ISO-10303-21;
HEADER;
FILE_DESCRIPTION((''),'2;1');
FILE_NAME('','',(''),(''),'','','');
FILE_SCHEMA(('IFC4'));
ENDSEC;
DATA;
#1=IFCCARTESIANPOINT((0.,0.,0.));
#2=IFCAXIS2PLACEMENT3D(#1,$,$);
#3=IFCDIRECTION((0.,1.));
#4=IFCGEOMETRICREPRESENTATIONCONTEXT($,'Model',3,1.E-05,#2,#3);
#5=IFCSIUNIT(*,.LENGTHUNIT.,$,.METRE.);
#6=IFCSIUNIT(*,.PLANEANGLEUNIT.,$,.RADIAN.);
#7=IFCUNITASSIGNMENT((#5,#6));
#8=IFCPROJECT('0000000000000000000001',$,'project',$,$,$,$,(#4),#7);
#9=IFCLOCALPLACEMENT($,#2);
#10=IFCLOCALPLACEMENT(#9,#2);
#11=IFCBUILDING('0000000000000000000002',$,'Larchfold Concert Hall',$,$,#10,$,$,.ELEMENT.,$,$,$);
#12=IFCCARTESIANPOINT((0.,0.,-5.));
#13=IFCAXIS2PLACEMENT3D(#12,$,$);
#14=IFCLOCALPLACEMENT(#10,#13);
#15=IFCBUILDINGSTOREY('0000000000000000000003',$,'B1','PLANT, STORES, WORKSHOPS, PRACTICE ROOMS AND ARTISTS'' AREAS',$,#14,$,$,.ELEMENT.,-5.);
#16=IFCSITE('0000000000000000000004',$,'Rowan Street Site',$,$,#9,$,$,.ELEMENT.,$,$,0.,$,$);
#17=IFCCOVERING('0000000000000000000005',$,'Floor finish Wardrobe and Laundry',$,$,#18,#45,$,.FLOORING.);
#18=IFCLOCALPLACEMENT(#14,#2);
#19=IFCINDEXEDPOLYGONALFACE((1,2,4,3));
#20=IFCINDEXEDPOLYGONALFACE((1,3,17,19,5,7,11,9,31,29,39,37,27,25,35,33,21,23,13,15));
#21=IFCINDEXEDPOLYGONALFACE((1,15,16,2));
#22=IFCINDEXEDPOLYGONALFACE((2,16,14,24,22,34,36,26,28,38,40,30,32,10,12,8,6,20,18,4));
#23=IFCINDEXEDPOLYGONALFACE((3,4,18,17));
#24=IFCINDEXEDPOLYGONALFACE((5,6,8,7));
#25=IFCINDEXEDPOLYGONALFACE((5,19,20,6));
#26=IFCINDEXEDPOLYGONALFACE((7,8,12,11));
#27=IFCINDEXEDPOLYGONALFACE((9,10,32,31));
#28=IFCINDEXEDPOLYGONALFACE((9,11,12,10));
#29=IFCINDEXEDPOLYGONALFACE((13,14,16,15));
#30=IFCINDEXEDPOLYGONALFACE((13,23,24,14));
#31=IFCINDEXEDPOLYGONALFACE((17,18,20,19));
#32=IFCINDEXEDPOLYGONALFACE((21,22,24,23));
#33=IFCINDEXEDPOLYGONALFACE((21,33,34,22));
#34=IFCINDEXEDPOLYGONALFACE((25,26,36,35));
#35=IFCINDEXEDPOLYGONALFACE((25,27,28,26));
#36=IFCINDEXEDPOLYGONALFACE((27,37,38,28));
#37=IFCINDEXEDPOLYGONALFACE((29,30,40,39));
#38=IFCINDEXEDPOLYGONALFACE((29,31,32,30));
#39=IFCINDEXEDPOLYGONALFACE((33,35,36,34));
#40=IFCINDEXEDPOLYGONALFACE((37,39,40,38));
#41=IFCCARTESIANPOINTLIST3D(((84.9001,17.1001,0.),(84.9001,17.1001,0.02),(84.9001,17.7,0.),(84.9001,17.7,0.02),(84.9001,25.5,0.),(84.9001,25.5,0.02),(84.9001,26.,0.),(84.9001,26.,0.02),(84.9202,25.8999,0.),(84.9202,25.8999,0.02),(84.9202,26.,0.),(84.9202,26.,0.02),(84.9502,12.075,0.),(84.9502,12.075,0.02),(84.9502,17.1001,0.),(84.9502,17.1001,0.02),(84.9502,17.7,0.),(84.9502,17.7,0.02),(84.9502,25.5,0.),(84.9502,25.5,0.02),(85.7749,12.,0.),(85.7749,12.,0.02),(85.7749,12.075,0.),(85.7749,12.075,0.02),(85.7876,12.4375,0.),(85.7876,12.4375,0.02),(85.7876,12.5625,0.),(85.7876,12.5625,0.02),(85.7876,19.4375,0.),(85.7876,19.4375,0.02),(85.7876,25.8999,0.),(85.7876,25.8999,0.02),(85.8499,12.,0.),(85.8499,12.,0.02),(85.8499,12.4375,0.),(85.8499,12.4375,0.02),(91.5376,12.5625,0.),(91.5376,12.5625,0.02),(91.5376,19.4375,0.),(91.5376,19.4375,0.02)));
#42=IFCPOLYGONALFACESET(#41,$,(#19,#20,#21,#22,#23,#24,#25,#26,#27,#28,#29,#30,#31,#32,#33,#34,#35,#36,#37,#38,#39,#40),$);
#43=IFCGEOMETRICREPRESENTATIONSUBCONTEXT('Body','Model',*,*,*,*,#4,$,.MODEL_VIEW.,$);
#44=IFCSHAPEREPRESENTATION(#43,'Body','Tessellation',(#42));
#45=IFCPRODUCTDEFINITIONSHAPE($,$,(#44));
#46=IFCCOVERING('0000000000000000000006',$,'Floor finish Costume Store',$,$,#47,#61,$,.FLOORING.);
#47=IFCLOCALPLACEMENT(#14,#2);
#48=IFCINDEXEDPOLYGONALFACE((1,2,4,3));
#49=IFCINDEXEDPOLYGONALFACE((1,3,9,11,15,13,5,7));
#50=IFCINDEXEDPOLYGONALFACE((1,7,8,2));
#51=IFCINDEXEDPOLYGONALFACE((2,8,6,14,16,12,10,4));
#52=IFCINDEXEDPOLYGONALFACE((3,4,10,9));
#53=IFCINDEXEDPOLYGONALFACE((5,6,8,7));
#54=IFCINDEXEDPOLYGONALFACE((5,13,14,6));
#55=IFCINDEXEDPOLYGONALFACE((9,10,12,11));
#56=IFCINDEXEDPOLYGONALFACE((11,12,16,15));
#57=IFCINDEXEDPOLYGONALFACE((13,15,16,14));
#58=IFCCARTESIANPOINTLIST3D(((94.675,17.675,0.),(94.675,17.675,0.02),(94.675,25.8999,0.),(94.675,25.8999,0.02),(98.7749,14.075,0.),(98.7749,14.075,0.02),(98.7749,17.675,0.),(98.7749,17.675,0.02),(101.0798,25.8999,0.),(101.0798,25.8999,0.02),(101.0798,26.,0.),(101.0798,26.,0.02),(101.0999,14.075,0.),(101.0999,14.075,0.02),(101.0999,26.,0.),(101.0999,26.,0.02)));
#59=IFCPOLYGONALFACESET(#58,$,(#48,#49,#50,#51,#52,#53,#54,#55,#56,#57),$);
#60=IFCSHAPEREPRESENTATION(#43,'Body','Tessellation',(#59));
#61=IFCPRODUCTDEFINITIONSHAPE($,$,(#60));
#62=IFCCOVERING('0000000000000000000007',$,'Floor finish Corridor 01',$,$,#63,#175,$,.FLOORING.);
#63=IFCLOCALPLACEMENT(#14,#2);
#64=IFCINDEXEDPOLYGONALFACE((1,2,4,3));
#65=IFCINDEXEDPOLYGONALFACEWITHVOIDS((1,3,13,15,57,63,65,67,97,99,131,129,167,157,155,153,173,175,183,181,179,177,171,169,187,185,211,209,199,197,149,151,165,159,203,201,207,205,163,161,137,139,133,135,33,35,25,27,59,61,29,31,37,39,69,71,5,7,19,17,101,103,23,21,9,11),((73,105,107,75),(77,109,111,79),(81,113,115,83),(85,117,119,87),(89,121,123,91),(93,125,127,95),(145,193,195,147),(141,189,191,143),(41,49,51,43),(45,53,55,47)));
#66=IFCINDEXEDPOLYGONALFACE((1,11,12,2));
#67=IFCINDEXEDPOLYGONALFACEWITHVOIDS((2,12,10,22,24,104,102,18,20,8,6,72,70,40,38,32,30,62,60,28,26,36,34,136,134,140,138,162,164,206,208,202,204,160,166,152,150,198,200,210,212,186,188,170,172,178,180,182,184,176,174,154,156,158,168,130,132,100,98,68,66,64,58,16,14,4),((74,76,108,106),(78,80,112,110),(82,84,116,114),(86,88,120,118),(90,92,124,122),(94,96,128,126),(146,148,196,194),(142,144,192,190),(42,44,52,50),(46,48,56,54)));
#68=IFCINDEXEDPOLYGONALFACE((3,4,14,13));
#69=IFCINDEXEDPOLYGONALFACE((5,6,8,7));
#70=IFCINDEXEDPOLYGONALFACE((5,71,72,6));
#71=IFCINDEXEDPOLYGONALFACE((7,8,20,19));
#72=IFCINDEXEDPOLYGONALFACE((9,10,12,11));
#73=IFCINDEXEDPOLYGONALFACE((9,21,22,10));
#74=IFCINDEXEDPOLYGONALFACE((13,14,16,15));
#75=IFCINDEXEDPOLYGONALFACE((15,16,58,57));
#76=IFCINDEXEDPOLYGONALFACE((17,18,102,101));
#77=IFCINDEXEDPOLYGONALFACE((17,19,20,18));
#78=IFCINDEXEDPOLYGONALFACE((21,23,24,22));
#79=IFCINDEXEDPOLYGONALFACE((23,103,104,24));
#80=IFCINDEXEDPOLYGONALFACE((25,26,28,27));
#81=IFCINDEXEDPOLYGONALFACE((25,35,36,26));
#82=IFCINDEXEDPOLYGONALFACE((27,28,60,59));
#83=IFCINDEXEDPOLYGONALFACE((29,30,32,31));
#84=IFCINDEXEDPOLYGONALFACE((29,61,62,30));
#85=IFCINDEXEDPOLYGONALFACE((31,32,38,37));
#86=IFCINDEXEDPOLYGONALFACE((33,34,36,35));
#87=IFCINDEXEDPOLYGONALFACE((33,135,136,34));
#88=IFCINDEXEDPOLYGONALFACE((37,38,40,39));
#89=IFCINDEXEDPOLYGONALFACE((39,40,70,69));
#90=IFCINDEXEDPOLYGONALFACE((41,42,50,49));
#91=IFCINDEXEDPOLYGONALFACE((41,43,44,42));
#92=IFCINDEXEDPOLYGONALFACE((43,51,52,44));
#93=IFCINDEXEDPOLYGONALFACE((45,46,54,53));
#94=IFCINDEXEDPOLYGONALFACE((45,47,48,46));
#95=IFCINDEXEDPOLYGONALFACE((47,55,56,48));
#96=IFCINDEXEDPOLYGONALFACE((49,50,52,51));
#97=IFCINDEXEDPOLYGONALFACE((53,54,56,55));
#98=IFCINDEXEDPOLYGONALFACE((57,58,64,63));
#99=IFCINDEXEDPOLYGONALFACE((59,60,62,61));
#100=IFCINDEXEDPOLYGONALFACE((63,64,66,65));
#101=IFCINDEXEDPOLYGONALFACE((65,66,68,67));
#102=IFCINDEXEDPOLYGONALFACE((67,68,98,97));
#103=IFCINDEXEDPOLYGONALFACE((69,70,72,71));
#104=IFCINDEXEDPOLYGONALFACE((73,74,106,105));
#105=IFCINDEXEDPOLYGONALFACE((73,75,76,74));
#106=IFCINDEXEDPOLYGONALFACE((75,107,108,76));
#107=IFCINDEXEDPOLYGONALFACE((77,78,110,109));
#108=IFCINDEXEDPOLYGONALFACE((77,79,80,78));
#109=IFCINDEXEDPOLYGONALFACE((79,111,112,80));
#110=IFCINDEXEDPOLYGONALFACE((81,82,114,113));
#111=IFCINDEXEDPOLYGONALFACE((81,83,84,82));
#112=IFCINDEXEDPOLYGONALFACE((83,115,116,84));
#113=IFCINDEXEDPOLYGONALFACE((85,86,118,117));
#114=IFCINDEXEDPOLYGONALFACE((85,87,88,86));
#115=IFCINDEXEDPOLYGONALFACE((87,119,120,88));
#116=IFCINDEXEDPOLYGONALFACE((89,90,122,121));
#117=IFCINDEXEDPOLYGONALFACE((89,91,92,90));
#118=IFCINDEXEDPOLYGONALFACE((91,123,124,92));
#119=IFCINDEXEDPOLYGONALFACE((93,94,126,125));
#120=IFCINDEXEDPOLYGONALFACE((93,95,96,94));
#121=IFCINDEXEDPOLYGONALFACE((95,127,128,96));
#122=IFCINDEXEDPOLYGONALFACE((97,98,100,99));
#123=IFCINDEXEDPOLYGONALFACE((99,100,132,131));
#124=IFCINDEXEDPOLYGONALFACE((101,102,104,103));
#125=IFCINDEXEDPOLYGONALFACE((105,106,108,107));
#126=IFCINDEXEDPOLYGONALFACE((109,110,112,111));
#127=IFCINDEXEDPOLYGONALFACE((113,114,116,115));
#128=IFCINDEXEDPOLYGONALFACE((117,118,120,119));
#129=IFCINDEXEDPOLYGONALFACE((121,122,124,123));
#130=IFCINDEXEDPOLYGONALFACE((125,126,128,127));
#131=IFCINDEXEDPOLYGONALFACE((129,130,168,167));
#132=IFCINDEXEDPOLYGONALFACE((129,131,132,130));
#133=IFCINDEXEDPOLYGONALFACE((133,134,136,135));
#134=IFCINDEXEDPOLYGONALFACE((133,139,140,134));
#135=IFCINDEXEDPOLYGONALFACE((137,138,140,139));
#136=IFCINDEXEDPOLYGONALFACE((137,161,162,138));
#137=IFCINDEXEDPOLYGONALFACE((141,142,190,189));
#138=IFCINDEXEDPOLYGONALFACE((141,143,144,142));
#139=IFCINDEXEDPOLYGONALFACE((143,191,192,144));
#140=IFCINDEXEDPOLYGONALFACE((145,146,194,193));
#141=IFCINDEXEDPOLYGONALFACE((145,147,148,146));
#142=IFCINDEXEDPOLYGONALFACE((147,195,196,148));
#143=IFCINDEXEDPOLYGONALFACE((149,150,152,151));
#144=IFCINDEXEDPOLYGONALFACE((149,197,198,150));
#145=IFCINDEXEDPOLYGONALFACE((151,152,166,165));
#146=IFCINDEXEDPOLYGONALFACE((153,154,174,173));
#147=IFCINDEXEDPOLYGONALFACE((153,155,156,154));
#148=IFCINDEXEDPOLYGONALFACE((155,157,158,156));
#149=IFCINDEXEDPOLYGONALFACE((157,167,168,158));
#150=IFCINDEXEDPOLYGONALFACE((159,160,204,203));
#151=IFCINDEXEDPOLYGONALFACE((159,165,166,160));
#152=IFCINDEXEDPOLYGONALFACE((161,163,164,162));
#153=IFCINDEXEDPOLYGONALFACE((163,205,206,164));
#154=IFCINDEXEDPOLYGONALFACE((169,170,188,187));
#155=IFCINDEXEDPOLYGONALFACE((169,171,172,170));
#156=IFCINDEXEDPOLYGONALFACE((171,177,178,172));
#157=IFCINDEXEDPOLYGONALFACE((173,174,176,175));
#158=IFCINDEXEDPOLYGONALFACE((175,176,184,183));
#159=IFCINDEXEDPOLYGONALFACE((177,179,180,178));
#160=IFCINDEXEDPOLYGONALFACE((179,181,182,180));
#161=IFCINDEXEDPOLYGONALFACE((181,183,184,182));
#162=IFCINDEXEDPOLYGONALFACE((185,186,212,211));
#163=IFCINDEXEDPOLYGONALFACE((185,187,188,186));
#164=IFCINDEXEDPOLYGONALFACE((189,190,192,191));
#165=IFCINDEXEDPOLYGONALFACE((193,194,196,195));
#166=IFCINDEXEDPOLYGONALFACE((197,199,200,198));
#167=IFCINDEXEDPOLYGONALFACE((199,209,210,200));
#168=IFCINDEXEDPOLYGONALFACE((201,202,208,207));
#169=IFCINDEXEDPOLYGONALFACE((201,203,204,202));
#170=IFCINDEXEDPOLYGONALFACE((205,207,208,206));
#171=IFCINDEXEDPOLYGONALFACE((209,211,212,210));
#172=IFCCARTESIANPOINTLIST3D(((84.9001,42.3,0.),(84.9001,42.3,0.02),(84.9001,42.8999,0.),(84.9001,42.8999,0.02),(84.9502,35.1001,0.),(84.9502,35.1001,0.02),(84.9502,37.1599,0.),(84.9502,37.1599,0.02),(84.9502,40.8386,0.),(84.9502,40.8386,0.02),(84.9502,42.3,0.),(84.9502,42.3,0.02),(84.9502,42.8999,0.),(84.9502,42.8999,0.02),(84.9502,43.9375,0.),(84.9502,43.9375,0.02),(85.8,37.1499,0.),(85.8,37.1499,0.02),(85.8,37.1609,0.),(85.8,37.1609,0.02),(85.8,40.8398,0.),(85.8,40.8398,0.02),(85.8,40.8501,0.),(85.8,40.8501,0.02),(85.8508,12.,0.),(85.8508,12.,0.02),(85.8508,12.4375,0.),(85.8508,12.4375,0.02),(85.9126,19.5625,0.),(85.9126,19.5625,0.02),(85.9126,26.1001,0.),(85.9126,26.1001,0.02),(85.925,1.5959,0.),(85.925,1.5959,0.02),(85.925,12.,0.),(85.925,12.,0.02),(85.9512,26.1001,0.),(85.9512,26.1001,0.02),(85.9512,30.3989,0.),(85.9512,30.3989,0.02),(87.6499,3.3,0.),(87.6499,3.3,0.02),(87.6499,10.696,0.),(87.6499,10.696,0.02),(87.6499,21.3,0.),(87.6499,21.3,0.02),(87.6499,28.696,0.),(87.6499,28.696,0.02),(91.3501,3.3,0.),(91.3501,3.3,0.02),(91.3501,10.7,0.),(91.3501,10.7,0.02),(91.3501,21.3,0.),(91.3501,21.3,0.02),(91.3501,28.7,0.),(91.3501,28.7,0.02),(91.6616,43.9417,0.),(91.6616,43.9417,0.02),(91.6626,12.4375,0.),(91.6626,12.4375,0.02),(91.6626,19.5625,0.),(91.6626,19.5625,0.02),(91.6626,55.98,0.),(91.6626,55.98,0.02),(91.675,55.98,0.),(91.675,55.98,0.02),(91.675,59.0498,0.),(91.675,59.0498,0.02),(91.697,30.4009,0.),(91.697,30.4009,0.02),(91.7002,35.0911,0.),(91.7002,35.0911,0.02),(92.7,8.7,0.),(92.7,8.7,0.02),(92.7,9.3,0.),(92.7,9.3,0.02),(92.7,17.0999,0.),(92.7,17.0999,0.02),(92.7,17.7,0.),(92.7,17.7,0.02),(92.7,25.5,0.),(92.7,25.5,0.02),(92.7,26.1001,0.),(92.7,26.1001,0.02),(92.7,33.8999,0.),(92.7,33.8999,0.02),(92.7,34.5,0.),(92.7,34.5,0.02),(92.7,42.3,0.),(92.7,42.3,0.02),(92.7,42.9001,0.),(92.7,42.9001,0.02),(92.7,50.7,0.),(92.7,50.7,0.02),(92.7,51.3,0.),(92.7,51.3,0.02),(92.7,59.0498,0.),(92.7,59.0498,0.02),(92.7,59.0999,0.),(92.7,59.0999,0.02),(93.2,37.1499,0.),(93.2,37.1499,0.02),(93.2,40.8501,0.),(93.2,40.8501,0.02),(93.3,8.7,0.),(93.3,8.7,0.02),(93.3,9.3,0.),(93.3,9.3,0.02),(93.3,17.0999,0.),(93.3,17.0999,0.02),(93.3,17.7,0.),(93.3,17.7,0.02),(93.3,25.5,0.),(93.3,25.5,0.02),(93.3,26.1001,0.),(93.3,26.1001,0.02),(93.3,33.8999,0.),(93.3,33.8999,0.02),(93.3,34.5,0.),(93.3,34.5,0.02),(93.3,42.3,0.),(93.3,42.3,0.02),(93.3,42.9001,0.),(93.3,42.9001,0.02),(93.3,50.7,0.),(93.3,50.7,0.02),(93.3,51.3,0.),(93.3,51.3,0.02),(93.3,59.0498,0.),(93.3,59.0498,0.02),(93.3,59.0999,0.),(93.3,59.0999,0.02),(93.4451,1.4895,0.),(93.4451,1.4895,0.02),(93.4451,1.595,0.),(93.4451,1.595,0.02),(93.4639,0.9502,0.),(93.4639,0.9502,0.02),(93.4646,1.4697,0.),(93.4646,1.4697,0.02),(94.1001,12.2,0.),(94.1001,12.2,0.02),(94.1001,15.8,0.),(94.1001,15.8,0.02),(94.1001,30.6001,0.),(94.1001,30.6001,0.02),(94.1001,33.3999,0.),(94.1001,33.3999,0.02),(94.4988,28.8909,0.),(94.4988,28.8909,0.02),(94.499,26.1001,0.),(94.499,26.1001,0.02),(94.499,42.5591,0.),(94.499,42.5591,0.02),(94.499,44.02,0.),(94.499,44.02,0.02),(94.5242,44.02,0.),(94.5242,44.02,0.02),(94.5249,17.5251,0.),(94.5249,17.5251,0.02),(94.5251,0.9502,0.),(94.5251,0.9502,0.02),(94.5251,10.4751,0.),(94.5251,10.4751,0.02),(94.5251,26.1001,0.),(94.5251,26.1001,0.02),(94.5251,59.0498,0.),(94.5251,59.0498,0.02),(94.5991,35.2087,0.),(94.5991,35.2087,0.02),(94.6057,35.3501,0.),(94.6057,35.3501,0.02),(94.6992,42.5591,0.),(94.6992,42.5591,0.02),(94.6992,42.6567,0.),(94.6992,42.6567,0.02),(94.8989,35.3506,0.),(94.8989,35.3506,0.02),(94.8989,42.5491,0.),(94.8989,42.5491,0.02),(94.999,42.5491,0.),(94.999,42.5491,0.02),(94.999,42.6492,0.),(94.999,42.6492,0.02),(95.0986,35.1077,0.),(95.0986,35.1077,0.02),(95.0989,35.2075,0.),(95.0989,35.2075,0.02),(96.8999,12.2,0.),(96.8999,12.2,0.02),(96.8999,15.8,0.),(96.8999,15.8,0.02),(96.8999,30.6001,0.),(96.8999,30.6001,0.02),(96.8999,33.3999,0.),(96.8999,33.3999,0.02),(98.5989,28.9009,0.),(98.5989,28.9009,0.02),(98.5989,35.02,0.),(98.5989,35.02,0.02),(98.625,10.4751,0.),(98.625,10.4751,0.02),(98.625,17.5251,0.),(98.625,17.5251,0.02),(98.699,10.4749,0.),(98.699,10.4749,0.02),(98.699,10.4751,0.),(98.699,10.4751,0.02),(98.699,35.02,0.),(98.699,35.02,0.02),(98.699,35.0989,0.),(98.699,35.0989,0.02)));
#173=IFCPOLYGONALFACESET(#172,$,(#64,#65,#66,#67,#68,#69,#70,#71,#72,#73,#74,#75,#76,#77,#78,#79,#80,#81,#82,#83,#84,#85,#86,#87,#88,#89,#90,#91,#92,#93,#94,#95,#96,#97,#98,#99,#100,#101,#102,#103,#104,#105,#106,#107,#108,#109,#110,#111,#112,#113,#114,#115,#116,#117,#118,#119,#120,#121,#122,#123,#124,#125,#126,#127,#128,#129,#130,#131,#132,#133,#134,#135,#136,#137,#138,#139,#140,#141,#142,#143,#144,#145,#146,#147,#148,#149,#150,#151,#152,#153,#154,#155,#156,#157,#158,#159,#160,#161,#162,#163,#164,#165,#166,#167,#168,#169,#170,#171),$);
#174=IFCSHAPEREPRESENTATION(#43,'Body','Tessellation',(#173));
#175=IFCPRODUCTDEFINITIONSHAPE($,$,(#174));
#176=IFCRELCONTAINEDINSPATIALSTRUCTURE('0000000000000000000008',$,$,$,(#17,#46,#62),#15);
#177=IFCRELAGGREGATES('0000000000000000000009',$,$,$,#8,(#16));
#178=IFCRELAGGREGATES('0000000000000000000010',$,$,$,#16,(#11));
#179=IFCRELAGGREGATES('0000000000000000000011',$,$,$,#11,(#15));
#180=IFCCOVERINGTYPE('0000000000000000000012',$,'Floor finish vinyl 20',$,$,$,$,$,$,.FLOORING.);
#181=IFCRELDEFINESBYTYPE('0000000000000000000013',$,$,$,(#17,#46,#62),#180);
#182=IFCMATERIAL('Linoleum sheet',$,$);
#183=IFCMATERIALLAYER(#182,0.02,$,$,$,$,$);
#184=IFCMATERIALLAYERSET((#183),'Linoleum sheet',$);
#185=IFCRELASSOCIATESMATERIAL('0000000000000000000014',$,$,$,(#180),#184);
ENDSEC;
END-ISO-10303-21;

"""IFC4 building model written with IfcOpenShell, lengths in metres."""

from ifc_helpers import new_model, si_unit, direction, frame, origin, place, context, subcontext, project, spatial, polyline, outline, extrude, material, layer, layer_set, type_object, element, save


model = new_model("IFC4")

# Units and contexts
model_context = context("Model", 3, precision=1e-05, world=origin(), true_north=direction((0.0, 1.0)))
body_context = subcontext(model_context, "Body", "Model", "MODEL_VIEW")
ifc_project = project(units=[si_unit("LENGTHUNIT", "METRE"), si_unit("PLANEANGLEUNIT", "RADIAN")], contexts=[model_context])

# Site, building, storey
site_placement = place(None, origin())
site = spatial("IfcSite", under=ifc_project, at=site_placement, Name="Rowan Street Site", CompositionType="ELEMENT", RefElevation=0.0)
building_placement = place(site_placement, origin())
building = spatial("IfcBuilding", under=site, at=building_placement, Name="Larchfold Concert Hall", CompositionType="ELEMENT")
storey_placement = place(building_placement, frame((0.0, 0.0, -5.0)))
storey = spatial("IfcBuildingStorey", under=building, at=storey_placement, Name="B1", Description="PLANT, STORES, WORKSHOPS, PRACTICE ROOMS AND ARTISTS' AREAS", CompositionType="ELEMENT", Elevation=-5.0)

# Coverings
ifc_material_1 = material(Name="Linoleum sheet")
ifc_layer_1 = layer(ifc_material_1, 0.02)
ifc_layer_set_1 = layer_set([ifc_layer_1], Name="Linoleum sheet")
covering_type_1 = type_object("IfcCoveringType", Name="Floor finish vinyl 20", PredefinedType="FLOORING", material=ifc_layer_set_1)
covering_1_placement = place(storey_placement, origin())
element("IfcCovering", 1, at=covering_1_placement, inside=storey, type_object=covering_type_1, Name="Floor finish Wardrobe and Laundry", PredefinedType="FLOORING", context=body_context, shape_type="SweptSolid", body=[
    extrude(outline(polyline([(85.7749, 12.0), (85.8499, 12.0), (85.8499, 12.4375), (85.7876, 12.4375), (85.7876, 12.5625), (91.5376, 12.5625), (91.5376, 19.4375), (85.7876, 19.4375), (85.7876, 25.8999), (84.9202, 25.8999), (84.9202, 26.0), (84.9001, 26.0), (84.9001, 25.5), (84.9502, 25.5), (84.9502, 17.7), (84.9001, 17.7), (84.9001, 17.1001), (84.9502, 17.1001), (84.9502, 12.075), (85.7749, 12.075), (85.7749, 12.0)])), origin(), (0.0, 0.0, 1.0), 0.02),
])
covering_2_placement = place(storey_placement, origin())
element("IfcCovering", 2, at=covering_2_placement, inside=storey, type_object=covering_type_1, Name="Floor finish Costume Store", PredefinedType="FLOORING", context=body_context, shape_type="SweptSolid", body=[
    extrude(outline(polyline([(101.0999, 26.0), (101.0798, 26.0), (101.0798, 25.8999), (94.675, 25.8999), (94.675, 17.675), (98.7749, 17.675), (98.7749, 14.075), (101.0999, 14.075), (101.0999, 26.0)])), origin(), (0.0, 0.0, 1.0), 0.02),
])
covering_3_placement = place(storey_placement, origin())
element("IfcCovering", 3, at=covering_3_placement, inside=storey, type_object=covering_type_1, Name="Floor finish Corridor 01", PredefinedType="FLOORING", context=body_context, shape_type="SweptSolid", body=[
    extrude(outline(polyline([(85.8, 37.1499), (85.8, 37.1609), (84.9502, 37.1599), (84.9502, 35.1001), (91.7002, 35.0911), (91.697, 30.4009), (85.9512, 30.3989), (85.9512, 26.1001), (85.9126, 26.1001), (85.9126, 19.5625), (91.6626, 19.5625), (91.6626, 12.4375), (85.8508, 12.4375), (85.8508, 12.0), (85.925, 12.0), (85.925, 1.5959), (93.4451, 1.595), (93.4451, 1.4895), (93.4646, 1.4697), (93.4639, 0.9502), (94.5251, 0.9502), (94.5251, 10.4751), (98.699, 10.4749), (98.699, 10.4751), (98.625, 10.4751), (98.625, 17.5251), (94.5249, 17.5251), (94.5251, 26.1001), (94.499, 26.1001), (94.4988, 28.8909), (98.5989, 28.9009), (98.5989, 35.02), (98.699, 35.02), (98.699, 35.0989), (95.0986, 35.1077), (95.0989, 35.2075), (94.5991, 35.2087), (94.6057, 35.3501), (94.8989, 35.3506), (94.8989, 42.5491), (94.999, 42.5491), (94.999, 42.6492), (94.6992, 42.6567), (94.6992, 42.5591), (94.499, 42.5591), (94.499, 44.02), (94.5242, 44.02), (94.5251, 59.0498), (93.3, 59.0498), (93.3, 59.0999), (92.7, 59.0999), (92.7, 59.0498), (91.675, 59.0498), (91.675, 55.98), (91.6626, 55.98), (91.6616, 43.9417), (84.9502, 43.9375), (84.9502, 42.8999), (84.9001, 42.8999), (84.9001, 42.3), (84.9502, 42.3), (84.9502, 40.8386), (85.8, 40.8398), (85.8, 40.8501), (93.2, 40.8501), (93.2, 37.1499), (85.8, 37.1499)]), holes=[polyline([(96.8999, 15.8), (96.8999, 12.2), (94.1001, 12.2), (94.1001, 15.8), (96.8999, 15.8)]), polyline([(96.8999, 33.3999), (96.8999, 30.6001), (94.1001, 30.6001), (94.1001, 33.3999), (96.8999, 33.3999)]), polyline([(92.7, 8.7), (92.7, 9.3), (93.3, 9.3), (93.3, 8.7), (92.7, 8.7)]), polyline([(92.7, 17.0999), (92.7, 17.7), (93.3, 17.7), (93.3, 17.0999), (92.7, 17.0999)]), polyline([(92.7, 25.5), (92.7, 26.1001), (93.3, 26.1001), (93.3, 25.5), (92.7, 25.5)]), polyline([(92.7, 33.8999), (92.7, 34.5), (93.3, 34.5), (93.3, 33.8999), (92.7, 33.8999)]), polyline([(92.7, 42.3), (92.7, 42.9001), (93.3, 42.9001), (93.3, 42.3), (92.7, 42.3)]), polyline([(92.7, 50.7), (92.7, 51.3), (93.3, 51.3), (93.3, 50.7), (92.7, 50.7)]), polyline([(91.3501, 3.3), (87.6499, 3.3), (87.6499, 10.696), (91.3501, 10.7), (91.3501, 3.3)]), polyline([(91.3501, 21.3), (87.6499, 21.3), (87.6499, 28.696), (91.3501, 28.7), (91.3501, 21.3)])]), origin(), (0.0, 0.0, 1.0), 0.02),
])

save(model, "model.ifc")
